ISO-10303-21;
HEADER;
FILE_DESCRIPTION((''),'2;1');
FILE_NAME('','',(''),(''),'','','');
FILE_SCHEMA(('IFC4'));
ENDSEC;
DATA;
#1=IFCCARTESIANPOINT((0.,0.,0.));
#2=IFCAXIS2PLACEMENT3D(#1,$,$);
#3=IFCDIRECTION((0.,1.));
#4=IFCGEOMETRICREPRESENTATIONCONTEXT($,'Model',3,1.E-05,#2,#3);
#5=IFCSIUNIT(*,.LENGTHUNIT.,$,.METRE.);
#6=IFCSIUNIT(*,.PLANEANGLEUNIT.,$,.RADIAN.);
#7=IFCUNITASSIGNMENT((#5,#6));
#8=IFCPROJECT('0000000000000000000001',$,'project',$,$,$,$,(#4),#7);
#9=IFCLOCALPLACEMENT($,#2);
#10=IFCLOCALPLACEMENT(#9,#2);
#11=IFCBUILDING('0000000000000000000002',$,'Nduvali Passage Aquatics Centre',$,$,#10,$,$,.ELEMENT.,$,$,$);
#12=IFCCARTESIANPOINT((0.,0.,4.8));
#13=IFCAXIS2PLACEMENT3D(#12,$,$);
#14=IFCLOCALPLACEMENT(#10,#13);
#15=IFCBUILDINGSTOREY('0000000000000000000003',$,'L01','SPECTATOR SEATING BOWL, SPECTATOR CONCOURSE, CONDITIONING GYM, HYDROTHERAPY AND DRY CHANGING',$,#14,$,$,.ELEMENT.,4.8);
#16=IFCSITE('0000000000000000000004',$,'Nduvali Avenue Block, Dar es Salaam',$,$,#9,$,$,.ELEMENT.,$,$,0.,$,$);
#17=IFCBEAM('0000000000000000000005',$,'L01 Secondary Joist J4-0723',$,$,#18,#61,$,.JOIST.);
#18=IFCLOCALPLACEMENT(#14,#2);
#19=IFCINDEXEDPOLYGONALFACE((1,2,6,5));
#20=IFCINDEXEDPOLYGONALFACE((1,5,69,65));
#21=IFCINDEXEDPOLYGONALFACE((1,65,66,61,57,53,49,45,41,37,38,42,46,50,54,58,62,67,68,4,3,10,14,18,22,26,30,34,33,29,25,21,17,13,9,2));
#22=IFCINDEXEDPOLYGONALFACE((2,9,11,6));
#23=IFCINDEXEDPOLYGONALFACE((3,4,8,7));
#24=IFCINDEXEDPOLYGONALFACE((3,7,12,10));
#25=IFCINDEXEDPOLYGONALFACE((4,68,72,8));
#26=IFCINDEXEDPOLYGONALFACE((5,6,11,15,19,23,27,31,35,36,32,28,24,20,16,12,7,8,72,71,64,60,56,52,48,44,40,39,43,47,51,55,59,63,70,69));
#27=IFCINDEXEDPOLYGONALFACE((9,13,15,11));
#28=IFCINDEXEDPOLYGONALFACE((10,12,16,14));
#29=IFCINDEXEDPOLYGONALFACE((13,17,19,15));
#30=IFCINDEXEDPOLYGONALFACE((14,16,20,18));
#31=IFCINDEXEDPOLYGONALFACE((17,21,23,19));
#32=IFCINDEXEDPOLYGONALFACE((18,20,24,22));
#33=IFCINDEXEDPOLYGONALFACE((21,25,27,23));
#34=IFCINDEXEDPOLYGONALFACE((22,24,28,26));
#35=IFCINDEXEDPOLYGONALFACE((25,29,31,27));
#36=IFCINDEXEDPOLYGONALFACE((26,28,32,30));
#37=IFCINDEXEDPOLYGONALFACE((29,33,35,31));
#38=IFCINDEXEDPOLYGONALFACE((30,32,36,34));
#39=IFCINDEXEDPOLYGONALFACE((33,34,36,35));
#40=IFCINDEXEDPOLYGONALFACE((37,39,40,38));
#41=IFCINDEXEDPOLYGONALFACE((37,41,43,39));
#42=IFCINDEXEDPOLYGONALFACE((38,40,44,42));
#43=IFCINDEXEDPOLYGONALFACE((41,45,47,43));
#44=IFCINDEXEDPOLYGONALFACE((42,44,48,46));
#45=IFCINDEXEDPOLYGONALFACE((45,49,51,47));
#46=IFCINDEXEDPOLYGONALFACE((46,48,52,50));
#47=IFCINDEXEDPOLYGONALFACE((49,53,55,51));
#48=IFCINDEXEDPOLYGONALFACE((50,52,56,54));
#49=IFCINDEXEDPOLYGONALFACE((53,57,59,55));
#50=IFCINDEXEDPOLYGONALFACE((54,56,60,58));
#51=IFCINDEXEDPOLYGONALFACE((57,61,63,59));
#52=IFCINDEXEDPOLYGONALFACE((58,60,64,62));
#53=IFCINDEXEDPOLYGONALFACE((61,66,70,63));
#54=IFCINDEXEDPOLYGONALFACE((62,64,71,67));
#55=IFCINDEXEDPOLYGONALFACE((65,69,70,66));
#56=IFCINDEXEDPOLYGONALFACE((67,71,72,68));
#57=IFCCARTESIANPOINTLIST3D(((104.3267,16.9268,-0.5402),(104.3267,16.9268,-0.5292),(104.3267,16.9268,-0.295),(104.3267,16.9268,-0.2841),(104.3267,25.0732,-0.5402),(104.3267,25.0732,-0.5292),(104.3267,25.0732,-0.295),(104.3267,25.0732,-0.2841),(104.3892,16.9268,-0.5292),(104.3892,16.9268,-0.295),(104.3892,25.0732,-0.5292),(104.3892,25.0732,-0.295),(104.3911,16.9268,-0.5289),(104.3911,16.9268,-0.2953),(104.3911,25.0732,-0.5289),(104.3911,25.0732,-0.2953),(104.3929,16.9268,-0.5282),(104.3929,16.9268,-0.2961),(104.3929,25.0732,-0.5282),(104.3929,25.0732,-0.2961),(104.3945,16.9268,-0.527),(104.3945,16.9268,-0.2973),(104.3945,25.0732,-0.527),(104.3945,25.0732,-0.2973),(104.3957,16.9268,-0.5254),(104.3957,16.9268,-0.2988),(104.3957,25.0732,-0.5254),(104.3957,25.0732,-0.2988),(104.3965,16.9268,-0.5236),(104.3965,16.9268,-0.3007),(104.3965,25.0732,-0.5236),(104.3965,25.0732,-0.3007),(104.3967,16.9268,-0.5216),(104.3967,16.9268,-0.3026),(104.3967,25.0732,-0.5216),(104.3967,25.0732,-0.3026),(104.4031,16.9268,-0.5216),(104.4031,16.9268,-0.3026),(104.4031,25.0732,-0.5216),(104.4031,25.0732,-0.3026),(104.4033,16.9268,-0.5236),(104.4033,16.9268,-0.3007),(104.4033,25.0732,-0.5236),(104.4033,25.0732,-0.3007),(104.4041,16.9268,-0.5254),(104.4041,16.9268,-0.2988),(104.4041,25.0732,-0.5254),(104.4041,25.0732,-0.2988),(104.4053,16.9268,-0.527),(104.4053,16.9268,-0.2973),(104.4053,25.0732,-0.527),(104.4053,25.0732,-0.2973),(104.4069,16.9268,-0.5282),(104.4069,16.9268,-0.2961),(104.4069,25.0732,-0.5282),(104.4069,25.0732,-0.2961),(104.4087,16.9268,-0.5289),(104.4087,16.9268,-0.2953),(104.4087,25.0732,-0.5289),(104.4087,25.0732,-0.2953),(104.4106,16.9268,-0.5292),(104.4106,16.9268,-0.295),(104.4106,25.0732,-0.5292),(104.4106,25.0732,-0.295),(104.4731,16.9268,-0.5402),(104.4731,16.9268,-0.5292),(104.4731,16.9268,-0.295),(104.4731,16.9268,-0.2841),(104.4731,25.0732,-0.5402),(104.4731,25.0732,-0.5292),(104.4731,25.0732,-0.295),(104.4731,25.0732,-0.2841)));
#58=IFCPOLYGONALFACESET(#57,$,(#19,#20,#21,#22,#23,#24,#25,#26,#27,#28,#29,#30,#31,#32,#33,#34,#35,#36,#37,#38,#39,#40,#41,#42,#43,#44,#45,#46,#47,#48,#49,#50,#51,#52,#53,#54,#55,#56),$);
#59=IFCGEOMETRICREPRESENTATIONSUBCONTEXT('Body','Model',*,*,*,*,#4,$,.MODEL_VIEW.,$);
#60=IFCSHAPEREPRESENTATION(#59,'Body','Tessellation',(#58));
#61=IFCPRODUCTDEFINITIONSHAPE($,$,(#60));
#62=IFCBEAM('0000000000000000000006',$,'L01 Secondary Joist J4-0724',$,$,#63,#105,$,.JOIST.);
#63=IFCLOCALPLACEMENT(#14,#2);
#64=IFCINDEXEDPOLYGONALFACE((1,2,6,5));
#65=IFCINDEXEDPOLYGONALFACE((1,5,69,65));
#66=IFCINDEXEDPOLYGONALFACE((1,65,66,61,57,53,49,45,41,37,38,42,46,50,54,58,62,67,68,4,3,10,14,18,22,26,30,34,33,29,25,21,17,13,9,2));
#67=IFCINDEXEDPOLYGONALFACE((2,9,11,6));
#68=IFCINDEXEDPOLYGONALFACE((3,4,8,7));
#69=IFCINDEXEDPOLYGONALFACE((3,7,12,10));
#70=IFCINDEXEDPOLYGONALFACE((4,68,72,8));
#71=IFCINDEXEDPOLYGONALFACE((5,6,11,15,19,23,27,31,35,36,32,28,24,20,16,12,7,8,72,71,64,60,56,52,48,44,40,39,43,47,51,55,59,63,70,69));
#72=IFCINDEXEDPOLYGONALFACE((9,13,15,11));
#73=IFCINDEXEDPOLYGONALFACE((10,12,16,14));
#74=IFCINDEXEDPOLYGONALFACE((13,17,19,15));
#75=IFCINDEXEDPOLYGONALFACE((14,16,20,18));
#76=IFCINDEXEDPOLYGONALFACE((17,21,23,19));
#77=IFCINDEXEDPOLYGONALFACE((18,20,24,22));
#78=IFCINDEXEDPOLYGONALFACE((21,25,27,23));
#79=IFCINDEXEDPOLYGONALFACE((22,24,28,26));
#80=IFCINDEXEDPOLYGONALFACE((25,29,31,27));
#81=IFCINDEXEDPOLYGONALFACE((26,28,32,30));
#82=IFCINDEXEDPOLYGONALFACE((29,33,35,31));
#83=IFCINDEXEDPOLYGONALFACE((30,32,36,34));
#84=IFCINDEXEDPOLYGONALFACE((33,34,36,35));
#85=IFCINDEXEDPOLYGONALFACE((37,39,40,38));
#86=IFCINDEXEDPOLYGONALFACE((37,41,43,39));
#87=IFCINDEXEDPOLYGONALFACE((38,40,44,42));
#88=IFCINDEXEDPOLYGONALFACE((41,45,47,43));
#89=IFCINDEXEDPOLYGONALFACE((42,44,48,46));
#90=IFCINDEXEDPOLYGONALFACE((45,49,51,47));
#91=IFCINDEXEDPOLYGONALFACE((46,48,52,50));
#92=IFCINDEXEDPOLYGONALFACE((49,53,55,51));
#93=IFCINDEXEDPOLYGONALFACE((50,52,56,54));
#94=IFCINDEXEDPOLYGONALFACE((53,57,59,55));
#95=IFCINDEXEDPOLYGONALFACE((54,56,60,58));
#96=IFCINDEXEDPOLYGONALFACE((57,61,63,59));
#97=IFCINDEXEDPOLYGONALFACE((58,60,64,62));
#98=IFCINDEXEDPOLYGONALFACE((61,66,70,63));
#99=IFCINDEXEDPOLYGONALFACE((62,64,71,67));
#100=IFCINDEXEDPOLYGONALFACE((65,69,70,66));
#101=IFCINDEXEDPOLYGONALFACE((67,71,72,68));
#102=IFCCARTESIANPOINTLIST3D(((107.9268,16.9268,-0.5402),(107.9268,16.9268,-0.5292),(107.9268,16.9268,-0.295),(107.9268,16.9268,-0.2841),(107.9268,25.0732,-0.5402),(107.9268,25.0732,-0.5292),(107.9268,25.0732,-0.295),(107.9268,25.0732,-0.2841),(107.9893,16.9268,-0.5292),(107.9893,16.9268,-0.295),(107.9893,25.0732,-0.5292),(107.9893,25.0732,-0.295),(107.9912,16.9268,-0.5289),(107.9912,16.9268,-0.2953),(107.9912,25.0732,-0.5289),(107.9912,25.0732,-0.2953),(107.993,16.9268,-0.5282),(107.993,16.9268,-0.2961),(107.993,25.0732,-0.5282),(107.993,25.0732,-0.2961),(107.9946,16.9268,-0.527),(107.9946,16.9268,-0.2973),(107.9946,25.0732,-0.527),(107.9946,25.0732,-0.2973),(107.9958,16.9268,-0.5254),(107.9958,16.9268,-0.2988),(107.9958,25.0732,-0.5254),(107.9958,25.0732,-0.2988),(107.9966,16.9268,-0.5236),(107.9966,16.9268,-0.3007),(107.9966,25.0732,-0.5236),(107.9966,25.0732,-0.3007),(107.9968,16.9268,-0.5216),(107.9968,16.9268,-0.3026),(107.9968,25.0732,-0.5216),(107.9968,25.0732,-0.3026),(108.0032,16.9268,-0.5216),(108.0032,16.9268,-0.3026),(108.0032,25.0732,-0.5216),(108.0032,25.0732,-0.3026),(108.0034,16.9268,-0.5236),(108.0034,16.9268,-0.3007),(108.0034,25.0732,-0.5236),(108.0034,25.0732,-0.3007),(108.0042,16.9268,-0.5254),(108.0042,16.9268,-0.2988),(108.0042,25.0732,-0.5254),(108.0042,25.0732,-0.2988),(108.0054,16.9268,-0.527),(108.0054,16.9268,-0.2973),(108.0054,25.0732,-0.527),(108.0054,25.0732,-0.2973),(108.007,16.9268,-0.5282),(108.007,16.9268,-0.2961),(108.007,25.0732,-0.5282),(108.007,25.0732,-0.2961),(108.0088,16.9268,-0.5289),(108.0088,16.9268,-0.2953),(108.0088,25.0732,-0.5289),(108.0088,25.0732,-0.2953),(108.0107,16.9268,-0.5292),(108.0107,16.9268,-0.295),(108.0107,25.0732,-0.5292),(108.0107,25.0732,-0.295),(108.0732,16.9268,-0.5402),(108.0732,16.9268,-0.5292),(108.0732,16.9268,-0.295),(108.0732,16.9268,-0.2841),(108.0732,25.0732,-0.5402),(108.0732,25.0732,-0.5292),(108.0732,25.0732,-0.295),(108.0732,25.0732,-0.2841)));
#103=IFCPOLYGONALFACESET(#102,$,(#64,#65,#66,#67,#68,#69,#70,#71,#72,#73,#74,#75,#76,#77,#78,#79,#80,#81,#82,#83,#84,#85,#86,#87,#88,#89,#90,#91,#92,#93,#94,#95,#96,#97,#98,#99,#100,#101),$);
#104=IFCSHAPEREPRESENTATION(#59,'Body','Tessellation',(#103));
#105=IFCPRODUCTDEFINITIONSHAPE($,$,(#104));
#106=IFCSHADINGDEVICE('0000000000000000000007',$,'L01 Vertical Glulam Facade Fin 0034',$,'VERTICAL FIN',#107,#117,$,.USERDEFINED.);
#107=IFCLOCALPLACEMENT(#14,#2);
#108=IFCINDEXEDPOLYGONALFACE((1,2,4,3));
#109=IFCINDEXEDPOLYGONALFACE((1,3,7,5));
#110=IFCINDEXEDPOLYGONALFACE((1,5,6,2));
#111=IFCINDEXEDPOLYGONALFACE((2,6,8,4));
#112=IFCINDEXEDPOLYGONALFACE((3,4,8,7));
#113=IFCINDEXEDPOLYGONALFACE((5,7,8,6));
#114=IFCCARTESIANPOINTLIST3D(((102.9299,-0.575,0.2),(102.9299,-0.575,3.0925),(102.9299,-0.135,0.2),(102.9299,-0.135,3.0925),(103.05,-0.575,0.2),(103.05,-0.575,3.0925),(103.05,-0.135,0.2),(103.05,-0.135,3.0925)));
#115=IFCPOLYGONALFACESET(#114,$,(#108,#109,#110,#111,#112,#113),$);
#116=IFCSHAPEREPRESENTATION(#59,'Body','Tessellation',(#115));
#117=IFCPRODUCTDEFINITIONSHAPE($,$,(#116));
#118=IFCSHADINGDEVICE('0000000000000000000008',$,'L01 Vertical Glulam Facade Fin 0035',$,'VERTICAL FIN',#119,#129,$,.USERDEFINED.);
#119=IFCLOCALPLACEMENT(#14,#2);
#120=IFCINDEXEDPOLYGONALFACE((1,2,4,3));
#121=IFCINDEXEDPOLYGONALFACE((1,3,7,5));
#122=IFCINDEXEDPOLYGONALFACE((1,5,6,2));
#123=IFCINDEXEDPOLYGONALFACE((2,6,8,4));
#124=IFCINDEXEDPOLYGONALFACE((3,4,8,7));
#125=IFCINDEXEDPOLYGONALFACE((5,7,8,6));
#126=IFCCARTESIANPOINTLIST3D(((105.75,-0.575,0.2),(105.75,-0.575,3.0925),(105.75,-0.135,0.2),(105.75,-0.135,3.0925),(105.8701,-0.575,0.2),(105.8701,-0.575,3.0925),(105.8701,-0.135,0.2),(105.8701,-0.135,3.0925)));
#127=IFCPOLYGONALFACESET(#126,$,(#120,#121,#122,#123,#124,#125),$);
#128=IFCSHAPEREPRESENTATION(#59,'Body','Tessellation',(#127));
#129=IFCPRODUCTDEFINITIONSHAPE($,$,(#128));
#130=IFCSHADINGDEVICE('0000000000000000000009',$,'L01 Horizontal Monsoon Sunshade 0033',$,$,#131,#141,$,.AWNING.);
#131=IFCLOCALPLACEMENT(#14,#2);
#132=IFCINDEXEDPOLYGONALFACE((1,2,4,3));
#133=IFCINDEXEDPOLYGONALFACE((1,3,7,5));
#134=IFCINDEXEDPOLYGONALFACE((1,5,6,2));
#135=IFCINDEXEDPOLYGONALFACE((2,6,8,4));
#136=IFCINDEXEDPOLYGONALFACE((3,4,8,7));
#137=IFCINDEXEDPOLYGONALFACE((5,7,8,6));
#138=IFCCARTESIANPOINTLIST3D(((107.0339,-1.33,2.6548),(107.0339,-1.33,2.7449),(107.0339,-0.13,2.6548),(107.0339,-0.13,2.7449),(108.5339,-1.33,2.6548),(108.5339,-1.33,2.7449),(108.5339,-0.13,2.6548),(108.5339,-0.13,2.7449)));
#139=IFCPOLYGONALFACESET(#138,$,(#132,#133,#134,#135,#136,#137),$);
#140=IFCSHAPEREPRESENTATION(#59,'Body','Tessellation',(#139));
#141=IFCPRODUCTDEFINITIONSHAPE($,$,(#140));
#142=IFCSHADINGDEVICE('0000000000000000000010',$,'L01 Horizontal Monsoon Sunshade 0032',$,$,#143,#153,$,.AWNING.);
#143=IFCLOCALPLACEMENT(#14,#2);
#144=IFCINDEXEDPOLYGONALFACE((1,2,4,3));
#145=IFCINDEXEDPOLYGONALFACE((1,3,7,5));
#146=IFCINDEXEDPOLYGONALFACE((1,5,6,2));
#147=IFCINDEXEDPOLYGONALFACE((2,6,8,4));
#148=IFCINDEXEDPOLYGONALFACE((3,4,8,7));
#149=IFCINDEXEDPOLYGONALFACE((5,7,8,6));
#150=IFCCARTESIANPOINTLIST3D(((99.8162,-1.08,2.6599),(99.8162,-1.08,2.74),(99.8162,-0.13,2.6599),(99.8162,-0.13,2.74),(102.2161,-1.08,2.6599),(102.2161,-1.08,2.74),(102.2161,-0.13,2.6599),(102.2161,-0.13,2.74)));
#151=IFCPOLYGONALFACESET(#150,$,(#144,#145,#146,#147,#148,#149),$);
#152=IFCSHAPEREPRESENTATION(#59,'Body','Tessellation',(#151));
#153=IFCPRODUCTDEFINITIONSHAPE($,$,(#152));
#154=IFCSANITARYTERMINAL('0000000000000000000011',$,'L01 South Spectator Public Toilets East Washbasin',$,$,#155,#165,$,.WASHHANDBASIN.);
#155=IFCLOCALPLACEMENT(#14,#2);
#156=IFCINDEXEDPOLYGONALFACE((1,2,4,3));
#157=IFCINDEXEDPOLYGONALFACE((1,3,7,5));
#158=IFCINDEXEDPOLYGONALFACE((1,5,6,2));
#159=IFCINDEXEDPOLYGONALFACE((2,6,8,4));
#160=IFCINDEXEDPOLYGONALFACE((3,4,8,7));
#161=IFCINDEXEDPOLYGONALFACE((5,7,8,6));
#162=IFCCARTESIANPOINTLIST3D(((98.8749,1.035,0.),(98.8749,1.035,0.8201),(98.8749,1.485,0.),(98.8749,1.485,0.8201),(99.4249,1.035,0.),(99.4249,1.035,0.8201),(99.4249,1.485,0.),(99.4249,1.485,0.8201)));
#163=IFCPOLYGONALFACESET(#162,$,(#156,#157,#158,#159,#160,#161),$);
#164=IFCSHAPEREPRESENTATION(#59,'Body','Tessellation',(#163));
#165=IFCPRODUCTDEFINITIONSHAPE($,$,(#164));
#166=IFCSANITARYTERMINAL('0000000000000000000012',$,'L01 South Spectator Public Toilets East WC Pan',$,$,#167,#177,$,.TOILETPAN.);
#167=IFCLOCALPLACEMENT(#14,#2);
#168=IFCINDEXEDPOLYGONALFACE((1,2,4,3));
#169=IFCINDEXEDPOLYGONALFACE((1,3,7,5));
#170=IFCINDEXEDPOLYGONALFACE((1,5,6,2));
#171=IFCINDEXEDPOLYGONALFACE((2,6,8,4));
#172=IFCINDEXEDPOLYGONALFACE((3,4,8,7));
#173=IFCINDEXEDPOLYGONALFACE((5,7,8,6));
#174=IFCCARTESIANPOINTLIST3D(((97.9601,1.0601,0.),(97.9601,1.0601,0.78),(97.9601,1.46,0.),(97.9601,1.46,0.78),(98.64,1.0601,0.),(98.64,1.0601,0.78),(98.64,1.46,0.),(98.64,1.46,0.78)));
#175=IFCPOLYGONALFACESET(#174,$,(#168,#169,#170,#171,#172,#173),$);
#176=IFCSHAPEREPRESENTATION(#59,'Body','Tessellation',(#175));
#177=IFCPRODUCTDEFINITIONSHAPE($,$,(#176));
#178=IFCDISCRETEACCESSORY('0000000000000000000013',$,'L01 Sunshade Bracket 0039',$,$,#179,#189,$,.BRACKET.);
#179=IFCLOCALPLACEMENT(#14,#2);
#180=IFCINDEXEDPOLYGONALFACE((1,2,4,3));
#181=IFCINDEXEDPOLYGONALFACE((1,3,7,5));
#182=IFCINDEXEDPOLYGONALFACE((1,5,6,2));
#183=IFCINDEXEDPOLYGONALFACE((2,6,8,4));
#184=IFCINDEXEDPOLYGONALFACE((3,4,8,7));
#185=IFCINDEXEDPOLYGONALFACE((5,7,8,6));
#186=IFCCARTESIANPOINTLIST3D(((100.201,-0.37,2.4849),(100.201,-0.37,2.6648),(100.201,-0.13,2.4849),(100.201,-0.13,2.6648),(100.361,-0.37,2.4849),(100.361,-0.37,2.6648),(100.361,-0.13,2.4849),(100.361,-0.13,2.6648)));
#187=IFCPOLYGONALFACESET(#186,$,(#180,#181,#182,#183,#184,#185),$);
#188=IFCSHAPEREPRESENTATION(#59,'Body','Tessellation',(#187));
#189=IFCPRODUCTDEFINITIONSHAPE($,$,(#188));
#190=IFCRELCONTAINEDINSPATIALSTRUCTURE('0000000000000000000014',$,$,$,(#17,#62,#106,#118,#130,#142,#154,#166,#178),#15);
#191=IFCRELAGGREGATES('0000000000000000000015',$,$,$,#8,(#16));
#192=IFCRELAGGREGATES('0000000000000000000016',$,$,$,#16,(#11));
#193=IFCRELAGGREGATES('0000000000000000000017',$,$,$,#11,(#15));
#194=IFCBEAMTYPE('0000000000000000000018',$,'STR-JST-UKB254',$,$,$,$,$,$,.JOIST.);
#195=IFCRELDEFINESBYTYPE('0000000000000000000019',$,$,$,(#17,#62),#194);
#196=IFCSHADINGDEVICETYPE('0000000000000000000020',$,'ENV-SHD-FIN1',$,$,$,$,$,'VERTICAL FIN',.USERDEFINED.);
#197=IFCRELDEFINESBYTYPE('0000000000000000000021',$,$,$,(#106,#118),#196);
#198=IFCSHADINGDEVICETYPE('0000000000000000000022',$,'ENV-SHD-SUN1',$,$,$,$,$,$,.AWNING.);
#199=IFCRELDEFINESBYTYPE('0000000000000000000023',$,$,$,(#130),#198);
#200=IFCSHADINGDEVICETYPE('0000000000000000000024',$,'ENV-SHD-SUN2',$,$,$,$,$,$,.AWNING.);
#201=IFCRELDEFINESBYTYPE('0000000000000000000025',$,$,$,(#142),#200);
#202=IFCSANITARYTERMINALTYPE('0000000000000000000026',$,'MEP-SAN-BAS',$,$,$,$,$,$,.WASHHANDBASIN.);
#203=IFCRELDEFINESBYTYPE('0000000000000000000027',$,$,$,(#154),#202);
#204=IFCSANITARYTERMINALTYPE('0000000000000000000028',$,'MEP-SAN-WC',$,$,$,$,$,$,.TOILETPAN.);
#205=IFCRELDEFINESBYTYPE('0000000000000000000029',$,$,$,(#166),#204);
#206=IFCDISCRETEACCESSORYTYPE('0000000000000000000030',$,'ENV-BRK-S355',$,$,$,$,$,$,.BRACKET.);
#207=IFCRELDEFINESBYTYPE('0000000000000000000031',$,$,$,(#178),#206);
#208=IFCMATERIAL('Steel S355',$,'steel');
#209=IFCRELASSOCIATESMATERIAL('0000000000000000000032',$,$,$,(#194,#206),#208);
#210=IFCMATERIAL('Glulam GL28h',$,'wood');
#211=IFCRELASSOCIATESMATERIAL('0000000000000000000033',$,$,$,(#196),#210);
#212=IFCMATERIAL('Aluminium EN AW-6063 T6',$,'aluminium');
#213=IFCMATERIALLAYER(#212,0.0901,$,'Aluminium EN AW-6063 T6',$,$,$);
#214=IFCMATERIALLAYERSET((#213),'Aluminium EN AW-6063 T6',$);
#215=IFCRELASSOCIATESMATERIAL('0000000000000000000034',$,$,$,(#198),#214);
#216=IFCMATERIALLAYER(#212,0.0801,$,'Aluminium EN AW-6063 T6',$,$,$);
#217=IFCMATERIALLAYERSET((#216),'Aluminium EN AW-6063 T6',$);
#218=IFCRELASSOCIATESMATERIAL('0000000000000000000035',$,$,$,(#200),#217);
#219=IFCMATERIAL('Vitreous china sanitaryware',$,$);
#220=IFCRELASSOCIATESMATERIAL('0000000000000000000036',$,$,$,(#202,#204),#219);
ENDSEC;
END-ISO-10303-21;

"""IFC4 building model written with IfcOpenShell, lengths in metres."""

from ifc_helpers import new_model, si_unit, direction, frame, origin, origin_2d, place, context, subcontext, project, spatial, rectangle, i_section, extrude, material, layer, layer_set, material_profile, profile_set, type_object, element, save


model = new_model("IFC4")

# Units and contexts
model_context = context("Model", 3, precision=1e-05, world=origin(), true_north=direction((0.0, 1.0)))
body_context = subcontext(model_context, "Body", "Model", "MODEL_VIEW")
ifc_project = project(units=[si_unit("LENGTHUNIT", "METRE"), si_unit("PLANEANGLEUNIT", "RADIAN")], contexts=[model_context])

# Site, building, storey
site_placement = place(None, origin())
site = spatial("IfcSite", under=ifc_project, at=site_placement, Name="Nduvali Avenue Block, Dar es Salaam", CompositionType="ELEMENT", RefElevation=0.0)
building_placement = place(site_placement, origin())
building = spatial("IfcBuilding", under=site, at=building_placement, Name="Nduvali Passage Aquatics Centre", CompositionType="ELEMENT")
storey_placement = place(building_placement, frame((0.0, 0.0, 4.8)))
storey = spatial("IfcBuildingStorey", under=building, at=storey_placement, Name="L01", Description="SPECTATOR SEATING BOWL, SPECTATOR CONCOURSE, CONDITIONING GYM, HYDROTHERAPY AND DRY CHANGING", CompositionType="ELEMENT", Elevation=4.8)

# Beams
ifc_material_1 = material(Name="Steel S355", Category="steel")
ifc_material_profile_1 = material_profile(ifc_material_1, i_section(OverallWidth=0.1465, OverallDepth=0.2561, WebThickness=0.0063, FlangeThickness=0.011, FilletRadius=0.0076, at=origin_2d()), Name="UKB 254x146x37")
ifc_profile_set_1 = profile_set([ifc_material_profile_1], Name="Steel S355")
beam_type_1 = type_object("IfcBeamType", Name="STR-JST-UKB254", PredefinedType="JOIST", material=ifc_profile_set_1)
for number, where, z_axis, x_axis, name in (
    (1, (104.3999, 16.9268, -0.4121), (0.0, 1.0, 0.0), (-1.0, 0.0, 0.0), "L01 Secondary Joist J4-0723"),
    (2, (108.0, 16.9268, -0.4121), (0.0, 1.0, 0.0), (-1.0, 0.0, 0.0), "L01 Secondary Joist J4-0724"),
):
    element("IfcBeam", number, at=place(storey_placement, frame(where, z_axis=z_axis, x_axis=x_axis)), inside=storey, type_object=beam_type_1, Name=name, PredefinedType="JOIST", context=body_context, shape_type="SweptSolid", body=[
        extrude(i_section(OverallWidth=0.1465, OverallDepth=0.2561, WebThickness=0.0063, FlangeThickness=0.011, FilletRadius=0.0076, at=origin_2d()), origin(), (0.0, 0.0, 1.0), 8.1465),
    ])

# Shading devices
ifc_material_2 = material(Name="Glulam GL28h", Category="wood")
shading_device_type_1 = type_object("IfcShadingDeviceType", Name="ENV-SHD-FIN1", ElementType="VERTICAL FIN", PredefinedType="USERDEFINED", material=ifc_material_2)
for number, where, z_axis, x_axis, name in (
    (3, (102.99, -0.355, 0.2), (0.0, 0.0, 1.0), (1.0, 0.0, 0.0), "L01 Vertical Glulam Facade Fin 0034"),
    (4, (105.8101, -0.355, 0.2), (0.0, 0.0, 1.0), (1.0, 0.0, 0.0), "L01 Vertical Glulam Facade Fin 0035"),
):
    element("IfcShadingDevice", number, at=place(storey_placement, frame(where, z_axis=z_axis, x_axis=x_axis)), inside=storey, type_object=shading_device_type_1, Name=name, ObjectType="VERTICAL FIN", PredefinedType="USERDEFINED", context=body_context, shape_type="SweptSolid", body=[
        extrude(rectangle(XDim=0.1201, YDim=0.4399, at=origin_2d()), origin(), (0.0, 0.0, 1.0), 2.8926),
    ])
ifc_material_3 = material(Name="Aluminium EN AW-6063 T6", Category="aluminium")
ifc_layer_1 = layer(ifc_material_3, 0.0901, Name="Aluminium EN AW-6063 T6")
ifc_layer_set_1 = layer_set([ifc_layer_1], Name="Aluminium EN AW-6063 T6")
shading_device_type_2 = type_object("IfcShadingDeviceType", Name="ENV-SHD-SUN1", PredefinedType="AWNING", material=ifc_layer_set_1)
shading_device_1_placement = place(storey_placement, frame((107.7839, -0.73, 2.6548), z_axis=(0.0, 0.0, 1.0), x_axis=(1.0, 0.0, 0.0)))
element("IfcShadingDevice", 5, at=shading_device_1_placement, inside=storey, type_object=shading_device_type_2, Name="L01 Horizontal Monsoon Sunshade 0033", PredefinedType="AWNING", context=body_context, shape_type="SweptSolid", body=[
    extrude(rectangle(XDim=1.5, YDim=1.2, at=origin_2d()), origin(), (0.0, 0.0, 1.0), 0.0901),
])
ifc_layer_2 = layer(ifc_material_3, 0.0801, Name="Aluminium EN AW-6063 T6")
ifc_layer_set_2 = layer_set([ifc_layer_2], Name="Aluminium EN AW-6063 T6")
shading_device_type_3 = type_object("IfcShadingDeviceType", Name="ENV-SHD-SUN2", PredefinedType="AWNING", material=ifc_layer_set_2)
shading_device_2_placement = place(storey_placement, frame((101.0161, -0.605, 2.6599), z_axis=(0.0, 0.0, 1.0), x_axis=(1.0, 0.0, 0.0)))
element("IfcShadingDevice", 6, at=shading_device_2_placement, inside=storey, type_object=shading_device_type_3, Name="L01 Horizontal Monsoon Sunshade 0032", PredefinedType="AWNING", context=body_context, shape_type="SweptSolid", body=[
    extrude(rectangle(XDim=2.3999, YDim=0.95, at=origin_2d()), origin(), (0.0, 0.0, 1.0), 0.0801),
])

# Sanitary terminals
ifc_material_4 = material(Name="Vitreous china sanitaryware")
sanitary_terminal_type_1 = type_object("IfcSanitaryTerminalType", Name="MEP-SAN-BAS", PredefinedType="WASHHANDBASIN", material=ifc_material_4)
sanitary_terminal_1_placement = place(storey_placement, frame((99.1499, 1.26, 0.0), z_axis=(0.0, 0.0, 1.0), x_axis=(1.0, 0.0, 0.0)))
element("IfcSanitaryTerminal", 7, at=sanitary_terminal_1_placement, inside=storey, type_object=sanitary_terminal_type_1, Name="L01 South Spectator Public Toilets East Washbasin", PredefinedType="WASHHANDBASIN", context=body_context, shape_type="SweptSolid", body=[
    extrude(rectangle(XDim=0.55, YDim=0.45, at=origin_2d()), origin(), (0.0, 0.0, 1.0), 0.8201),
])
sanitary_terminal_type_2 = type_object("IfcSanitaryTerminalType", Name="MEP-SAN-WC", PredefinedType="TOILETPAN", material=ifc_material_4)
sanitary_terminal_2_placement = place(storey_placement, frame((98.3, 1.26, 0.0), z_axis=(0.0, 0.0, 1.0), x_axis=(1.0, 0.0, 0.0)))
element("IfcSanitaryTerminal", 8, at=sanitary_terminal_2_placement, inside=storey, type_object=sanitary_terminal_type_2, Name="L01 South Spectator Public Toilets East WC Pan", PredefinedType="TOILETPAN", context=body_context, shape_type="SweptSolid", body=[
    extrude(rectangle(XDim=0.6799, YDim=0.3999, at=origin_2d()), origin(), (0.0, 0.0, 1.0), 0.78),
])

# Discrete accessory
discrete_accessory_type = type_object("IfcDiscreteAccessoryType", Name="ENV-BRK-S355", PredefinedType="BRACKET", material=ifc_material_1)
for number, where, z_axis, x_axis, name in (
    (9, (100.281, -0.25, 2.4849), (0.0, 0.0, 1.0), (1.0, 0.0, 0.0), "L01 Sunshade Bracket 0039"),
):
    element("IfcDiscreteAccessory", number, at=place(storey_placement, frame(where, z_axis=z_axis, x_axis=x_axis)), inside=storey, type_object=discrete_accessory_type, Name=name, PredefinedType="BRACKET", context=body_context, shape_type="SweptSolid", body=[
        extrude(rectangle(XDim=0.1599, YDim=0.24, at=origin_2d()), origin(), (0.0, 0.0, 1.0), 0.1799),
    ])

save(model, "model.ifc")
